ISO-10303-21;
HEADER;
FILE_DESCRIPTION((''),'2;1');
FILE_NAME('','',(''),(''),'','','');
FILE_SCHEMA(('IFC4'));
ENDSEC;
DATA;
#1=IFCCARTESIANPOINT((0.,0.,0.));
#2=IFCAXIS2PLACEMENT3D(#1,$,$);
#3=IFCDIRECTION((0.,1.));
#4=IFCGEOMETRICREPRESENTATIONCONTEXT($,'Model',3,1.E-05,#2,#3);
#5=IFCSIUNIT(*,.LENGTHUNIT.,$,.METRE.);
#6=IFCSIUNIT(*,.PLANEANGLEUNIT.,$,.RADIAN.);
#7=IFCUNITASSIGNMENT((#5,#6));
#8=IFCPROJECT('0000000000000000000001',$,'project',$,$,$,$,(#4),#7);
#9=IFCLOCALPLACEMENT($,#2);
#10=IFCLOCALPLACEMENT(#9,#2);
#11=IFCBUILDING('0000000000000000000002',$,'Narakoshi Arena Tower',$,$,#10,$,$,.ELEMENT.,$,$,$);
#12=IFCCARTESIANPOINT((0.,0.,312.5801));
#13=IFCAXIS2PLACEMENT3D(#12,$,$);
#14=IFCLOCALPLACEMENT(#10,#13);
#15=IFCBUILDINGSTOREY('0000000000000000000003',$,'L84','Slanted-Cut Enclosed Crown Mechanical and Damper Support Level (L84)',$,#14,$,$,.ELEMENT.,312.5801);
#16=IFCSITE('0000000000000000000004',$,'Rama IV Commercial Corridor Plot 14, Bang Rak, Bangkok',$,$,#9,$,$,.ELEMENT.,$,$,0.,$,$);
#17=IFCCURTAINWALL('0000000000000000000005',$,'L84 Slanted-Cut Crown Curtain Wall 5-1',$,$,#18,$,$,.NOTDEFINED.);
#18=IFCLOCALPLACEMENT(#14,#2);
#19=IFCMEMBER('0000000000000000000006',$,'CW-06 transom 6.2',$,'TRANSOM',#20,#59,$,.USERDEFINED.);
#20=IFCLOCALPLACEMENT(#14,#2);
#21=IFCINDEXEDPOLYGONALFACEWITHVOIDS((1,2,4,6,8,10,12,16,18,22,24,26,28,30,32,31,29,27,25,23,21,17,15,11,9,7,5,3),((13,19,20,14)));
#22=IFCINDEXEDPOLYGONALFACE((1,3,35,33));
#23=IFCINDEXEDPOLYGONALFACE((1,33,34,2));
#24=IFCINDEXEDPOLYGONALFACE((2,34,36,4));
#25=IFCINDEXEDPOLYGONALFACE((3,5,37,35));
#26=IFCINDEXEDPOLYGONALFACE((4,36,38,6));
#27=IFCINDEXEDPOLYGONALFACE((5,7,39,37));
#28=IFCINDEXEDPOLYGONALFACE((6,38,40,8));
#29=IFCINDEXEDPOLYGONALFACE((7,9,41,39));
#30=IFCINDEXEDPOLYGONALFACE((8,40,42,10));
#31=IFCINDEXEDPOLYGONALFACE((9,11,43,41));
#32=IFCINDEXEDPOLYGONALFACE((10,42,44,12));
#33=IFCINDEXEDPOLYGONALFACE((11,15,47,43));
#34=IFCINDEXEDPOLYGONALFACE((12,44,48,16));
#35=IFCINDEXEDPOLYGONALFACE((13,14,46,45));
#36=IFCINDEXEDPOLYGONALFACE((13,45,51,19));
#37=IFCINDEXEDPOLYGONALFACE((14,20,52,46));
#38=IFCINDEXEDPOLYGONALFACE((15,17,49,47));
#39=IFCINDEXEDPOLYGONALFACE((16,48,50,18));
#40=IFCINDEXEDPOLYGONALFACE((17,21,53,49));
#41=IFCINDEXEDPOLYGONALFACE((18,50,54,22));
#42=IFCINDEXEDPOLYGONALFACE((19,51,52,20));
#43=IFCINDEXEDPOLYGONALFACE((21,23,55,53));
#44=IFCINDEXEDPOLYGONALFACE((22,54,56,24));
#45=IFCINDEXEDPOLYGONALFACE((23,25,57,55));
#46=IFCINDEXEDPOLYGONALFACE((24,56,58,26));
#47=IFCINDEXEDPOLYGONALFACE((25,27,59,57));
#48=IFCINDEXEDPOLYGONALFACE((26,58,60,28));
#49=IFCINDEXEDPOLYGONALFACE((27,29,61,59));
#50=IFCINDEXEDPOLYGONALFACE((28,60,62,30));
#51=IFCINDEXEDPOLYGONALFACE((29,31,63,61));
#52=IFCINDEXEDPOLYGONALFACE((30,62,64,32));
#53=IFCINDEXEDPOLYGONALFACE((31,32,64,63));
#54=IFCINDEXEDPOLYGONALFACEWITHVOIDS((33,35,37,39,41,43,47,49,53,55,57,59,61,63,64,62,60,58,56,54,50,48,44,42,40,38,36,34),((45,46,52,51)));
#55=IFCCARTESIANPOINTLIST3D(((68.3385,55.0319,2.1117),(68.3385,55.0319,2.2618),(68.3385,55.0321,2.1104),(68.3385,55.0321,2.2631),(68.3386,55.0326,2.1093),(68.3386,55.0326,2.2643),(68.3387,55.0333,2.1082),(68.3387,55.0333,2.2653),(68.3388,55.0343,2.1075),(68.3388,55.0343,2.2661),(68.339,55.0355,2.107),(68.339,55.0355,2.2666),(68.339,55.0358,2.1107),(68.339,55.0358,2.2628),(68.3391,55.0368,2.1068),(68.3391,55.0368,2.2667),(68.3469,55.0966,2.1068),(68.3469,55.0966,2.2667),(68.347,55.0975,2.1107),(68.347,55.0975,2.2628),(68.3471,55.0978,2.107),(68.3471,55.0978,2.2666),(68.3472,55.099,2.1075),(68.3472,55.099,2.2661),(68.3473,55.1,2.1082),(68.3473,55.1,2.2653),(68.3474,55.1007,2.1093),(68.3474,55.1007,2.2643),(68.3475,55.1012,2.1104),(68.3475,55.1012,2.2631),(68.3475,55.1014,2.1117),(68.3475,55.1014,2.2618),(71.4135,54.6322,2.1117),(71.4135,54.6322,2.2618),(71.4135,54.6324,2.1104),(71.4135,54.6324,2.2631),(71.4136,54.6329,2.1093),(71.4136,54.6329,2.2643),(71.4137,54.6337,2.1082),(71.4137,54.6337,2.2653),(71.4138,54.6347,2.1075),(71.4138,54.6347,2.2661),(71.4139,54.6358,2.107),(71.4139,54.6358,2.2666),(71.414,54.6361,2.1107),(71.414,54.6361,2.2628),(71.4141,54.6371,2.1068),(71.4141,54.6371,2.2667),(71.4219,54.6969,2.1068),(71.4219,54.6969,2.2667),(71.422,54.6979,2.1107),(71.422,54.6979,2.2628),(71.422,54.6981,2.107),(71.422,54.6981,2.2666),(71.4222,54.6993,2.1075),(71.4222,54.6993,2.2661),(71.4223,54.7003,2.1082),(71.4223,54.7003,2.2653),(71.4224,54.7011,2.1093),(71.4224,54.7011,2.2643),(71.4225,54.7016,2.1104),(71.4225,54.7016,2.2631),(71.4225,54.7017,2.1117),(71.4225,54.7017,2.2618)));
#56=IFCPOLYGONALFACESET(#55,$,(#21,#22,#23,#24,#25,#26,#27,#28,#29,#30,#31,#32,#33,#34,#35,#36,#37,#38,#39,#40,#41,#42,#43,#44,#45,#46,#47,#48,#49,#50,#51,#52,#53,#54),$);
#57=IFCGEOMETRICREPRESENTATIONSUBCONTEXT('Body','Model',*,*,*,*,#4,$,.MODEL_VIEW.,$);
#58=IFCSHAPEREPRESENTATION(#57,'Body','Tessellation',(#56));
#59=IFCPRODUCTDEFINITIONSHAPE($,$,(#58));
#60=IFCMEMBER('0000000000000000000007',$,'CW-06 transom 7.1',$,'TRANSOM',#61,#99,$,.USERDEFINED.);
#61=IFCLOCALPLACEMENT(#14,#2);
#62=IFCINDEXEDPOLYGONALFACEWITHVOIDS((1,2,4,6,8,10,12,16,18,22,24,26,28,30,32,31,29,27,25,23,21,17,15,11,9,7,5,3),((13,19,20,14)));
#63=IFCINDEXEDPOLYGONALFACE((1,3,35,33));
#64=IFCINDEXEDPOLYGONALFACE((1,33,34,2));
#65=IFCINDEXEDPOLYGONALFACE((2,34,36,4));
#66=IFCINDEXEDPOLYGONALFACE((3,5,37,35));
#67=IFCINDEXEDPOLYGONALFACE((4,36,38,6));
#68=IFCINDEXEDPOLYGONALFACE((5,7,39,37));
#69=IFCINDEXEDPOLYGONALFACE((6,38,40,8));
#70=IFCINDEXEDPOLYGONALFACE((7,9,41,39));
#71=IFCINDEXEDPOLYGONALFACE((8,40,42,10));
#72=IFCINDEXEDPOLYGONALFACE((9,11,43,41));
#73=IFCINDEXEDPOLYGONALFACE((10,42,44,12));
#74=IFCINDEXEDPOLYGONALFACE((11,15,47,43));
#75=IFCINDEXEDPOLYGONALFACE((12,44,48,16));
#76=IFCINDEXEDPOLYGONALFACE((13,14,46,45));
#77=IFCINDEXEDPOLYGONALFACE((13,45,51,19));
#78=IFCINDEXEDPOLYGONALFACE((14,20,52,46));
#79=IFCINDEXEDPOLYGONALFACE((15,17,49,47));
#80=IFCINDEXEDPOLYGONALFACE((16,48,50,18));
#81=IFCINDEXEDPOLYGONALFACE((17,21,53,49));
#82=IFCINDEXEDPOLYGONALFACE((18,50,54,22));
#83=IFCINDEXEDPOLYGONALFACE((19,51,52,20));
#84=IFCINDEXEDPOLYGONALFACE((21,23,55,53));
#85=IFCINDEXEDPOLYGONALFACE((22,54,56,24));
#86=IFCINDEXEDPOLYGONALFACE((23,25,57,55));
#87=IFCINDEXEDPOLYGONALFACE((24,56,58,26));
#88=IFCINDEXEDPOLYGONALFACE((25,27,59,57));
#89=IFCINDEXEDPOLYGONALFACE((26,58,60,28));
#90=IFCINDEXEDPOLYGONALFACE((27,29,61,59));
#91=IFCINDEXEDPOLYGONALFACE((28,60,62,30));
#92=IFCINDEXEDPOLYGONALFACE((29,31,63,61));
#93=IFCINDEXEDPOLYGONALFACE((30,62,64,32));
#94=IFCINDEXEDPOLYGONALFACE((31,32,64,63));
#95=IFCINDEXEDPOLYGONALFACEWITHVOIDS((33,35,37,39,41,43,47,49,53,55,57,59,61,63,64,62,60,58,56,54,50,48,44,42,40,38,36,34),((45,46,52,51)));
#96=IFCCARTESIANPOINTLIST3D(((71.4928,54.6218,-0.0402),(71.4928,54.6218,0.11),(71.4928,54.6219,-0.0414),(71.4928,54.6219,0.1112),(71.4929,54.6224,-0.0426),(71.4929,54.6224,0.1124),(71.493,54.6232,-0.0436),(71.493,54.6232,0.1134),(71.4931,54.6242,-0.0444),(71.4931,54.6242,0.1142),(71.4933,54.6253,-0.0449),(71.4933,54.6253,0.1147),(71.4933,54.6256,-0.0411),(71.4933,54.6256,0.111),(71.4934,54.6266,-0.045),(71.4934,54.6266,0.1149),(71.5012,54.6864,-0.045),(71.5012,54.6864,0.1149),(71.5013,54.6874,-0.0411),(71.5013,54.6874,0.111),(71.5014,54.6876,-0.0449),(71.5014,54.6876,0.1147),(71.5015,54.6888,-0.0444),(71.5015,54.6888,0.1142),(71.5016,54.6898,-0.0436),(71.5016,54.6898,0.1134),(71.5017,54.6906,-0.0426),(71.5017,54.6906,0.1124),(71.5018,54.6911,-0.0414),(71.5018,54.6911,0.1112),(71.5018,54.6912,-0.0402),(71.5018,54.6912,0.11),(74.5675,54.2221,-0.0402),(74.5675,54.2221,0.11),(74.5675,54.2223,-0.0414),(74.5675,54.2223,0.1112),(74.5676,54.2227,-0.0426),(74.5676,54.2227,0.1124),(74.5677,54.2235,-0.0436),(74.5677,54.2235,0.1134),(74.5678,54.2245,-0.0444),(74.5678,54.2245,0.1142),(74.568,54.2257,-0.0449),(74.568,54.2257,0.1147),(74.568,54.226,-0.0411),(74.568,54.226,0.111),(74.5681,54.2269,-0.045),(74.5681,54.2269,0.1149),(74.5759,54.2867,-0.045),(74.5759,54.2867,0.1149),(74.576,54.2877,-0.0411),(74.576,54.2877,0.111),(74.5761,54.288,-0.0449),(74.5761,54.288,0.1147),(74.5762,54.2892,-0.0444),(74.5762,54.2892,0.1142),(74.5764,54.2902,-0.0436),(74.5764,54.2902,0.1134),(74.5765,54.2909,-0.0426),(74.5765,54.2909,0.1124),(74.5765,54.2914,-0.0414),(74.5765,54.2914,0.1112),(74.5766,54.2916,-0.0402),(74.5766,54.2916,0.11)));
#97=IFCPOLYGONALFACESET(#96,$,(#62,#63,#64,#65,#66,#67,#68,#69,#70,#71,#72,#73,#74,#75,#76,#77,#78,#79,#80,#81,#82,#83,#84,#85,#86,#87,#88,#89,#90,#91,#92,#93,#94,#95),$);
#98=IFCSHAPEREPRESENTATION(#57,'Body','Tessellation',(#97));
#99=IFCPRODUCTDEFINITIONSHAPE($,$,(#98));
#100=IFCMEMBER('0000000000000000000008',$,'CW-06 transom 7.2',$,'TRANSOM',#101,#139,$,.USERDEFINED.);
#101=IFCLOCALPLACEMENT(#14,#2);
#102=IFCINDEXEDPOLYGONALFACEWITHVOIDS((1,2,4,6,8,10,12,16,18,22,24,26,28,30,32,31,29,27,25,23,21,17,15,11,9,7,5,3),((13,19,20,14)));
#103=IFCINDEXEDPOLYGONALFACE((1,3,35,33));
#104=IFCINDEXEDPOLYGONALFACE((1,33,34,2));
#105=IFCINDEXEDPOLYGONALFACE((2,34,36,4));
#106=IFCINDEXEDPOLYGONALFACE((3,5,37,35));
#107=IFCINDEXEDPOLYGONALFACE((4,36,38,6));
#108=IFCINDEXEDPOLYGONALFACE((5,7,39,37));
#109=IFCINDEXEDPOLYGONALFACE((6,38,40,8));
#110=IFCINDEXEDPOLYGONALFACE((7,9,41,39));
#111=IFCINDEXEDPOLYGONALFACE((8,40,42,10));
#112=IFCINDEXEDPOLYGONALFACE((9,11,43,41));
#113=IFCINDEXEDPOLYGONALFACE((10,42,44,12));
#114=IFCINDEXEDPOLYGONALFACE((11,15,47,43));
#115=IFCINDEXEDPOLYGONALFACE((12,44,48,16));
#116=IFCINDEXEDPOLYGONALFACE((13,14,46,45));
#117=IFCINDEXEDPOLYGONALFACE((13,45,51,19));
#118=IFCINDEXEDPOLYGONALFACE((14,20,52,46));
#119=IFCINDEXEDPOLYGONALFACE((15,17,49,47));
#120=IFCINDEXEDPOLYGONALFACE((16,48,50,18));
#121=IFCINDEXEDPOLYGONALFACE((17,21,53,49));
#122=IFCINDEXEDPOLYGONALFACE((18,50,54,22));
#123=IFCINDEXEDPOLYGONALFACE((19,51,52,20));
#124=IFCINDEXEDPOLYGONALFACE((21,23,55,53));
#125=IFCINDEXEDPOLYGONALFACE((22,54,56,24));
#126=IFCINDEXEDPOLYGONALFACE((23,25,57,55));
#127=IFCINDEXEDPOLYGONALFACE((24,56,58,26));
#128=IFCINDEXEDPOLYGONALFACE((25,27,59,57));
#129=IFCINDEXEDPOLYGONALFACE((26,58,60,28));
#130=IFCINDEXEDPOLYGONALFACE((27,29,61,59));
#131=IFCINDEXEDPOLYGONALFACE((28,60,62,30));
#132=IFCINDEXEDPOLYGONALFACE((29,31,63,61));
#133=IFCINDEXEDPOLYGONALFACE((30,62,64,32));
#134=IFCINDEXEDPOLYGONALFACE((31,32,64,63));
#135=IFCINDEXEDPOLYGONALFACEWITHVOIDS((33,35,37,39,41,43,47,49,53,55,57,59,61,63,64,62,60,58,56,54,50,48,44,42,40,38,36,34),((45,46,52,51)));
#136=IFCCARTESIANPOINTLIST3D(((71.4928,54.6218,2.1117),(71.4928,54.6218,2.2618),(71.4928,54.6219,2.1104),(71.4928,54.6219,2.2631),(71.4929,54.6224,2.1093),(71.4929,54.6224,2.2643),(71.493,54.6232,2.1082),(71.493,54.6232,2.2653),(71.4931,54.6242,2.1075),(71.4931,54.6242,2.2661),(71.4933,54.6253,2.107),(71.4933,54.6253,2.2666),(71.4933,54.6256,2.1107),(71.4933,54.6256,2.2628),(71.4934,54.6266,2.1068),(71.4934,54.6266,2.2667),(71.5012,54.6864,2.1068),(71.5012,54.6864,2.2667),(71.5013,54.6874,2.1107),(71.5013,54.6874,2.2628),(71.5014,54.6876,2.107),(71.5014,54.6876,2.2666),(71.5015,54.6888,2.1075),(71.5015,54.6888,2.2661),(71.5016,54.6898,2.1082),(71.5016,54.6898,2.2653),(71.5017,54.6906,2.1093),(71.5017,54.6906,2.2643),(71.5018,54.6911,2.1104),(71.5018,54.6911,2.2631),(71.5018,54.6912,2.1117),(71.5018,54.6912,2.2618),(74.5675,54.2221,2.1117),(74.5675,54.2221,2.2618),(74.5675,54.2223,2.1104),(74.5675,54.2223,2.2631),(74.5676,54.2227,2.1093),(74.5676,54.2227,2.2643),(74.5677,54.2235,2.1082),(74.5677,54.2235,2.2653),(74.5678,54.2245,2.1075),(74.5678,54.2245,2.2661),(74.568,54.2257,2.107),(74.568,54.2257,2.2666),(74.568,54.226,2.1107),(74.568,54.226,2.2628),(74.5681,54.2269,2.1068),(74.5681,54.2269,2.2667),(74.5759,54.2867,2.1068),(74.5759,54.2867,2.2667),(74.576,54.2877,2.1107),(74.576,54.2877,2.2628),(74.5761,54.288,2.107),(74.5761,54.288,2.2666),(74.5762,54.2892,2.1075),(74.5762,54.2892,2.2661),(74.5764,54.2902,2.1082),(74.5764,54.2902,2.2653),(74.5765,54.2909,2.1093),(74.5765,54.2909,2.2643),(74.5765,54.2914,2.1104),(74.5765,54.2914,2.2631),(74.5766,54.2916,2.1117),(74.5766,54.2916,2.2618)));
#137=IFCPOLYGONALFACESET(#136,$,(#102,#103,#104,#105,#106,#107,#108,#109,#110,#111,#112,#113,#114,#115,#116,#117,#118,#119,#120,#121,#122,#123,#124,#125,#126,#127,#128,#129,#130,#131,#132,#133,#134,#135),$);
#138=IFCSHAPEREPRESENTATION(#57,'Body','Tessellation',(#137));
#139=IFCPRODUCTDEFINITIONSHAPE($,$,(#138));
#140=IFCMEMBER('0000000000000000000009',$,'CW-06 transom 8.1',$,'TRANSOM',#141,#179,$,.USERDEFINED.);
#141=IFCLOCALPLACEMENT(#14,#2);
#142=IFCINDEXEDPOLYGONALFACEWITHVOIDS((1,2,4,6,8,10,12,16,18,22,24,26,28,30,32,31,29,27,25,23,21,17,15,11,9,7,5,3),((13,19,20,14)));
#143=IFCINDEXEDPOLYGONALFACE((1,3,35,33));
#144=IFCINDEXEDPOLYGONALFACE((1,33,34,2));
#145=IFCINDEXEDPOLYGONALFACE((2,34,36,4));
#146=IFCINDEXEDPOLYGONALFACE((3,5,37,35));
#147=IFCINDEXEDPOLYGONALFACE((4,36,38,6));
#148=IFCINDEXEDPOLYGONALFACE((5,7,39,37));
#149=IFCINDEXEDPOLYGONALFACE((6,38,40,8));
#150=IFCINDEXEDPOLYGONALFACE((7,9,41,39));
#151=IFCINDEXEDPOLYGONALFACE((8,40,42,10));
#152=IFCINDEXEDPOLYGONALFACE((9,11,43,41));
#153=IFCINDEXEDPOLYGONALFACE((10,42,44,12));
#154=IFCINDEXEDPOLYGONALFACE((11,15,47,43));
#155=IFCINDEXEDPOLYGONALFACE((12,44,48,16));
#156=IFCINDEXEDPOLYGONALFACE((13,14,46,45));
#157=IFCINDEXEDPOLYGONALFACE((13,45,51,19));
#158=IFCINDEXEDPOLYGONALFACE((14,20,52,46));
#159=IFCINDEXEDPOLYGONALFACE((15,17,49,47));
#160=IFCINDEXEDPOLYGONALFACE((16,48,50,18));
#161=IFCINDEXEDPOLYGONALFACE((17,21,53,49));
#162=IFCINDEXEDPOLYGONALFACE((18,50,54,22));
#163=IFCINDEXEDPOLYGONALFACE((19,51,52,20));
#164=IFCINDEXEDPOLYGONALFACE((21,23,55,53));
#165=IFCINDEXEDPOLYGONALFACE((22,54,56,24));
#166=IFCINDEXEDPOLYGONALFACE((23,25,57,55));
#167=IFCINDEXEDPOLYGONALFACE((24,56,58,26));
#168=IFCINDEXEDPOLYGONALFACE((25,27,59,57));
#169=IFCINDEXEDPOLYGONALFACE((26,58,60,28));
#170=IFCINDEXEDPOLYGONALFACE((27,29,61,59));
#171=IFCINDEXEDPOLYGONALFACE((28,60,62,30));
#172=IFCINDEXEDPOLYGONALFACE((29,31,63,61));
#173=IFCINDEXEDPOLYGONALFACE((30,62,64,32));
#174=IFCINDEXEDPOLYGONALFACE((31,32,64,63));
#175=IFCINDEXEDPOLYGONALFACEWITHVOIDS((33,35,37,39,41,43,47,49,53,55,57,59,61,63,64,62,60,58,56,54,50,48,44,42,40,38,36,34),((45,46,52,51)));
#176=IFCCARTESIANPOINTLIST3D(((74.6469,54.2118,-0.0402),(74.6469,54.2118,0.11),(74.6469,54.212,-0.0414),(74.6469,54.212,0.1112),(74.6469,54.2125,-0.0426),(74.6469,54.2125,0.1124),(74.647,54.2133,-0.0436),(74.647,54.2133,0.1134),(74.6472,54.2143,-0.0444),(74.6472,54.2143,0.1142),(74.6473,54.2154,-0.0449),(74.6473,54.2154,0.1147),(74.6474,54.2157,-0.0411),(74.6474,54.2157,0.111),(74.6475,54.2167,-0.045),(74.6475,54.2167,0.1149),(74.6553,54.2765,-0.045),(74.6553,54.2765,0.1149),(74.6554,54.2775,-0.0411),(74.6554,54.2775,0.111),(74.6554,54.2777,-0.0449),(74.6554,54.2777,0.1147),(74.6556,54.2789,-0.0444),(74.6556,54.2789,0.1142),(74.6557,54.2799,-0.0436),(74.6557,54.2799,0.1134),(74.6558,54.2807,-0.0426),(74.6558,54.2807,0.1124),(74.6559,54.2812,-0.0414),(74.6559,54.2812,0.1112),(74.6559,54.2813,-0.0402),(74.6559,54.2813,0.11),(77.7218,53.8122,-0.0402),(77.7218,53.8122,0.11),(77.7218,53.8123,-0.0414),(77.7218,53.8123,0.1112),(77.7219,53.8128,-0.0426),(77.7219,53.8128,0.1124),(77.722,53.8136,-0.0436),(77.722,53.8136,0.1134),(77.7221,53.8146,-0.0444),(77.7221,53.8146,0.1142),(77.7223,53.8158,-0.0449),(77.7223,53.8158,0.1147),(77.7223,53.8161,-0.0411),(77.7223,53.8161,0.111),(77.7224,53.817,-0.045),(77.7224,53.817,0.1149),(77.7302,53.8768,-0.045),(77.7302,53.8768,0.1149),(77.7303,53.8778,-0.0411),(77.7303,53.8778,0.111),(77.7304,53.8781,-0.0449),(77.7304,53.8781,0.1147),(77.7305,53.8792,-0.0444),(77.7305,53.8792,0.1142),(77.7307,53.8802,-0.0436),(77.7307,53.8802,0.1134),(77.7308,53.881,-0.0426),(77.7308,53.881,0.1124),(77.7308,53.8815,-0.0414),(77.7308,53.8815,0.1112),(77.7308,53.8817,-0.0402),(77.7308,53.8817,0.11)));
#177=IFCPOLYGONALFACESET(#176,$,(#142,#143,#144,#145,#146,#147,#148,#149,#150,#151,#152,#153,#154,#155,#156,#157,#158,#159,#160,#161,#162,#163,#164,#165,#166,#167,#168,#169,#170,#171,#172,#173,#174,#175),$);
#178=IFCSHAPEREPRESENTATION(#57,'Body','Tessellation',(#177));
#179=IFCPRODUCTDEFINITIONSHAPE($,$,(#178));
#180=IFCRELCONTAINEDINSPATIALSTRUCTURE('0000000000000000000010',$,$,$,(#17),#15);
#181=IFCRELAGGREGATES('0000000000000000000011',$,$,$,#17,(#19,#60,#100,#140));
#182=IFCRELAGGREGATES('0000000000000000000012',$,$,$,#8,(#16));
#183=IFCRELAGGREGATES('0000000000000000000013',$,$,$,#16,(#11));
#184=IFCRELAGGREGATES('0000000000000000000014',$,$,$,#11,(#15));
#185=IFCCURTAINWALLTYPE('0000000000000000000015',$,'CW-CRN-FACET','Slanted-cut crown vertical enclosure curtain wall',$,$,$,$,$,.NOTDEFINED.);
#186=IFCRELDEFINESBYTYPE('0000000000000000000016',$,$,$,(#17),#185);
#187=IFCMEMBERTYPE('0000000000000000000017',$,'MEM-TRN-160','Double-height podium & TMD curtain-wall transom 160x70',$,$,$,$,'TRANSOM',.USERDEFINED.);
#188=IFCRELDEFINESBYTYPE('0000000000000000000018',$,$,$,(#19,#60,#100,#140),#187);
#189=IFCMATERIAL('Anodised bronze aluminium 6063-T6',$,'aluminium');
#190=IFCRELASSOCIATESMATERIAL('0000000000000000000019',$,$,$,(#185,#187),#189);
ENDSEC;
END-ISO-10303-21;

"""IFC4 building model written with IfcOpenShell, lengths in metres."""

from ifc_helpers import new_model, si_unit, direction, frame, origin, origin_2d, place, context, subcontext, project, spatial, hollow_rectangle, extrude, material, material_profile, profile_set, type_object, element, aggregate, save


model = new_model("IFC4")

# Units and contexts
model_context = context("Model", 3, precision=1e-05, world=origin(), true_north=direction((0.0, 1.0)))
body_context = subcontext(model_context, "Body", "Model", "MODEL_VIEW")
ifc_project = project(units=[si_unit("LENGTHUNIT", "METRE"), si_unit("PLANEANGLEUNIT", "RADIAN")], contexts=[model_context])

# Site, building, storey
site_placement = place(None, origin())
site = spatial("IfcSite", under=ifc_project, at=site_placement, Name="Rama IV Commercial Corridor Plot 14, Bang Rak, Bangkok", CompositionType="ELEMENT", RefElevation=0.0)
building_placement = place(site_placement, origin())
building = spatial("IfcBuilding", under=site, at=building_placement, Name="Narakoshi Arena Tower", CompositionType="ELEMENT")
storey_placement = place(building_placement, frame((0.0, 0.0, 312.5801)))
storey = spatial("IfcBuildingStorey", under=building, at=storey_placement, Name="L84", Description="Slanted-Cut Enclosed Crown Mechanical and Damper Support Level (L84)", CompositionType="ELEMENT", Elevation=312.5801)

# Curtain wall, members
ifc_material_1 = material(Name="Anodised bronze aluminium 6063-T6", Category="aluminium")
curtain_wall_type = type_object("IfcCurtainWallType", Name="CW-CRN-FACET", Description="Slanted-cut crown vertical enclosure curtain wall", PredefinedType="NOTDEFINED", material=ifc_material_1)
curtain_wall_placement = place(storey_placement, origin())
curtain_wall = element("IfcCurtainWall", 1, at=curtain_wall_placement, inside=storey, type_object=curtain_wall_type, Name="L84 Slanted-Cut Crown Curtain Wall 5-1", PredefinedType="NOTDEFINED")
ifc_material_profile_1 = material_profile(ifc_material_1, hollow_rectangle(XDim=0.0701, YDim=0.1599, WallThickness=0.0039, OuterFilletRadius=0.0049, at=origin_2d()), Name="TRN160x70x4")
ifc_profile_set_1 = profile_set([ifc_material_profile_1], Name="Anodised bronze aluminium 6063-T6")
member_type_1 = type_object("IfcMemberType", Name="MEM-TRN-160", Description="Double-height podium & TMD curtain-wall transom 160x70", ElementType="TRANSOM", PredefinedType="USERDEFINED", material=ifc_profile_set_1)
member_1_placement = place(storey_placement, frame((68.343, 55.0667, 2.1868), z_axis=(0.991659, -0.128888, 0.0), x_axis=(0.128888, 0.991659, 0.0)))
member_1 = element("IfcMember", 2, at=member_1_placement, type_object=member_type_1, Name="CW-06 transom 6.2", ObjectType="TRANSOM", PredefinedType="USERDEFINED", context=body_context, shape_type="SweptSolid", body=[
    extrude(hollow_rectangle(XDim=0.0701, YDim=0.1599, WallThickness=0.0039, OuterFilletRadius=0.0049, at=origin_2d()), origin(), (0.0, 0.0, 1.0), 3.1008),
])
member_2_placement = place(storey_placement, frame((71.4973, 54.6565, 0.0349), z_axis=(0.991658, -0.128898, 0.0), x_axis=(0.128898, 0.991658, 0.0)))
member_2 = element("IfcMember", 3, at=member_2_placement, type_object=member_type_1, Name="CW-06 transom 7.1", ObjectType="TRANSOM", PredefinedType="USERDEFINED", context=body_context, shape_type="SweptSolid", body=[
    extrude(hollow_rectangle(XDim=0.0701, YDim=0.1599, WallThickness=0.0039, OuterFilletRadius=0.0049, at=origin_2d()), origin(), (0.0, 0.0, 1.0), 3.1006),
])
member_3_placement = place(storey_placement, frame((71.4973, 54.6565, 2.1868), z_axis=(0.991658, -0.128898, 0.0), x_axis=(0.128898, 0.991658, 0.0)))
member_3 = element("IfcMember", 4, at=member_3_placement, type_object=member_type_1, Name="CW-06 transom 7.2", ObjectType="TRANSOM", PredefinedType="USERDEFINED", context=body_context, shape_type="SweptSolid", body=[
    extrude(hollow_rectangle(XDim=0.0701, YDim=0.1599, WallThickness=0.0039, OuterFilletRadius=0.0049, at=origin_2d()), origin(), (0.0, 0.0, 1.0), 3.1006),
])
member_4_placement = place(storey_placement, frame((74.6514, 54.2466, 0.0349), z_axis=(0.991659, -0.128888, 0.0), x_axis=(0.128888, 0.991659, 0.0)))
member_4 = element("IfcMember", 5, at=member_4_placement, type_object=member_type_1, Name="CW-06 transom 8.1", ObjectType="TRANSOM", PredefinedType="USERDEFINED", context=body_context, shape_type="SweptSolid", body=[
    extrude(hollow_rectangle(XDim=0.0701, YDim=0.1599, WallThickness=0.0039, OuterFilletRadius=0.0049, at=origin_2d()), origin(), (0.0, 0.0, 1.0), 3.1008),
])
aggregate(curtain_wall, [member_1, member_2, member_3, member_4])

save(model, "model.ifc")
